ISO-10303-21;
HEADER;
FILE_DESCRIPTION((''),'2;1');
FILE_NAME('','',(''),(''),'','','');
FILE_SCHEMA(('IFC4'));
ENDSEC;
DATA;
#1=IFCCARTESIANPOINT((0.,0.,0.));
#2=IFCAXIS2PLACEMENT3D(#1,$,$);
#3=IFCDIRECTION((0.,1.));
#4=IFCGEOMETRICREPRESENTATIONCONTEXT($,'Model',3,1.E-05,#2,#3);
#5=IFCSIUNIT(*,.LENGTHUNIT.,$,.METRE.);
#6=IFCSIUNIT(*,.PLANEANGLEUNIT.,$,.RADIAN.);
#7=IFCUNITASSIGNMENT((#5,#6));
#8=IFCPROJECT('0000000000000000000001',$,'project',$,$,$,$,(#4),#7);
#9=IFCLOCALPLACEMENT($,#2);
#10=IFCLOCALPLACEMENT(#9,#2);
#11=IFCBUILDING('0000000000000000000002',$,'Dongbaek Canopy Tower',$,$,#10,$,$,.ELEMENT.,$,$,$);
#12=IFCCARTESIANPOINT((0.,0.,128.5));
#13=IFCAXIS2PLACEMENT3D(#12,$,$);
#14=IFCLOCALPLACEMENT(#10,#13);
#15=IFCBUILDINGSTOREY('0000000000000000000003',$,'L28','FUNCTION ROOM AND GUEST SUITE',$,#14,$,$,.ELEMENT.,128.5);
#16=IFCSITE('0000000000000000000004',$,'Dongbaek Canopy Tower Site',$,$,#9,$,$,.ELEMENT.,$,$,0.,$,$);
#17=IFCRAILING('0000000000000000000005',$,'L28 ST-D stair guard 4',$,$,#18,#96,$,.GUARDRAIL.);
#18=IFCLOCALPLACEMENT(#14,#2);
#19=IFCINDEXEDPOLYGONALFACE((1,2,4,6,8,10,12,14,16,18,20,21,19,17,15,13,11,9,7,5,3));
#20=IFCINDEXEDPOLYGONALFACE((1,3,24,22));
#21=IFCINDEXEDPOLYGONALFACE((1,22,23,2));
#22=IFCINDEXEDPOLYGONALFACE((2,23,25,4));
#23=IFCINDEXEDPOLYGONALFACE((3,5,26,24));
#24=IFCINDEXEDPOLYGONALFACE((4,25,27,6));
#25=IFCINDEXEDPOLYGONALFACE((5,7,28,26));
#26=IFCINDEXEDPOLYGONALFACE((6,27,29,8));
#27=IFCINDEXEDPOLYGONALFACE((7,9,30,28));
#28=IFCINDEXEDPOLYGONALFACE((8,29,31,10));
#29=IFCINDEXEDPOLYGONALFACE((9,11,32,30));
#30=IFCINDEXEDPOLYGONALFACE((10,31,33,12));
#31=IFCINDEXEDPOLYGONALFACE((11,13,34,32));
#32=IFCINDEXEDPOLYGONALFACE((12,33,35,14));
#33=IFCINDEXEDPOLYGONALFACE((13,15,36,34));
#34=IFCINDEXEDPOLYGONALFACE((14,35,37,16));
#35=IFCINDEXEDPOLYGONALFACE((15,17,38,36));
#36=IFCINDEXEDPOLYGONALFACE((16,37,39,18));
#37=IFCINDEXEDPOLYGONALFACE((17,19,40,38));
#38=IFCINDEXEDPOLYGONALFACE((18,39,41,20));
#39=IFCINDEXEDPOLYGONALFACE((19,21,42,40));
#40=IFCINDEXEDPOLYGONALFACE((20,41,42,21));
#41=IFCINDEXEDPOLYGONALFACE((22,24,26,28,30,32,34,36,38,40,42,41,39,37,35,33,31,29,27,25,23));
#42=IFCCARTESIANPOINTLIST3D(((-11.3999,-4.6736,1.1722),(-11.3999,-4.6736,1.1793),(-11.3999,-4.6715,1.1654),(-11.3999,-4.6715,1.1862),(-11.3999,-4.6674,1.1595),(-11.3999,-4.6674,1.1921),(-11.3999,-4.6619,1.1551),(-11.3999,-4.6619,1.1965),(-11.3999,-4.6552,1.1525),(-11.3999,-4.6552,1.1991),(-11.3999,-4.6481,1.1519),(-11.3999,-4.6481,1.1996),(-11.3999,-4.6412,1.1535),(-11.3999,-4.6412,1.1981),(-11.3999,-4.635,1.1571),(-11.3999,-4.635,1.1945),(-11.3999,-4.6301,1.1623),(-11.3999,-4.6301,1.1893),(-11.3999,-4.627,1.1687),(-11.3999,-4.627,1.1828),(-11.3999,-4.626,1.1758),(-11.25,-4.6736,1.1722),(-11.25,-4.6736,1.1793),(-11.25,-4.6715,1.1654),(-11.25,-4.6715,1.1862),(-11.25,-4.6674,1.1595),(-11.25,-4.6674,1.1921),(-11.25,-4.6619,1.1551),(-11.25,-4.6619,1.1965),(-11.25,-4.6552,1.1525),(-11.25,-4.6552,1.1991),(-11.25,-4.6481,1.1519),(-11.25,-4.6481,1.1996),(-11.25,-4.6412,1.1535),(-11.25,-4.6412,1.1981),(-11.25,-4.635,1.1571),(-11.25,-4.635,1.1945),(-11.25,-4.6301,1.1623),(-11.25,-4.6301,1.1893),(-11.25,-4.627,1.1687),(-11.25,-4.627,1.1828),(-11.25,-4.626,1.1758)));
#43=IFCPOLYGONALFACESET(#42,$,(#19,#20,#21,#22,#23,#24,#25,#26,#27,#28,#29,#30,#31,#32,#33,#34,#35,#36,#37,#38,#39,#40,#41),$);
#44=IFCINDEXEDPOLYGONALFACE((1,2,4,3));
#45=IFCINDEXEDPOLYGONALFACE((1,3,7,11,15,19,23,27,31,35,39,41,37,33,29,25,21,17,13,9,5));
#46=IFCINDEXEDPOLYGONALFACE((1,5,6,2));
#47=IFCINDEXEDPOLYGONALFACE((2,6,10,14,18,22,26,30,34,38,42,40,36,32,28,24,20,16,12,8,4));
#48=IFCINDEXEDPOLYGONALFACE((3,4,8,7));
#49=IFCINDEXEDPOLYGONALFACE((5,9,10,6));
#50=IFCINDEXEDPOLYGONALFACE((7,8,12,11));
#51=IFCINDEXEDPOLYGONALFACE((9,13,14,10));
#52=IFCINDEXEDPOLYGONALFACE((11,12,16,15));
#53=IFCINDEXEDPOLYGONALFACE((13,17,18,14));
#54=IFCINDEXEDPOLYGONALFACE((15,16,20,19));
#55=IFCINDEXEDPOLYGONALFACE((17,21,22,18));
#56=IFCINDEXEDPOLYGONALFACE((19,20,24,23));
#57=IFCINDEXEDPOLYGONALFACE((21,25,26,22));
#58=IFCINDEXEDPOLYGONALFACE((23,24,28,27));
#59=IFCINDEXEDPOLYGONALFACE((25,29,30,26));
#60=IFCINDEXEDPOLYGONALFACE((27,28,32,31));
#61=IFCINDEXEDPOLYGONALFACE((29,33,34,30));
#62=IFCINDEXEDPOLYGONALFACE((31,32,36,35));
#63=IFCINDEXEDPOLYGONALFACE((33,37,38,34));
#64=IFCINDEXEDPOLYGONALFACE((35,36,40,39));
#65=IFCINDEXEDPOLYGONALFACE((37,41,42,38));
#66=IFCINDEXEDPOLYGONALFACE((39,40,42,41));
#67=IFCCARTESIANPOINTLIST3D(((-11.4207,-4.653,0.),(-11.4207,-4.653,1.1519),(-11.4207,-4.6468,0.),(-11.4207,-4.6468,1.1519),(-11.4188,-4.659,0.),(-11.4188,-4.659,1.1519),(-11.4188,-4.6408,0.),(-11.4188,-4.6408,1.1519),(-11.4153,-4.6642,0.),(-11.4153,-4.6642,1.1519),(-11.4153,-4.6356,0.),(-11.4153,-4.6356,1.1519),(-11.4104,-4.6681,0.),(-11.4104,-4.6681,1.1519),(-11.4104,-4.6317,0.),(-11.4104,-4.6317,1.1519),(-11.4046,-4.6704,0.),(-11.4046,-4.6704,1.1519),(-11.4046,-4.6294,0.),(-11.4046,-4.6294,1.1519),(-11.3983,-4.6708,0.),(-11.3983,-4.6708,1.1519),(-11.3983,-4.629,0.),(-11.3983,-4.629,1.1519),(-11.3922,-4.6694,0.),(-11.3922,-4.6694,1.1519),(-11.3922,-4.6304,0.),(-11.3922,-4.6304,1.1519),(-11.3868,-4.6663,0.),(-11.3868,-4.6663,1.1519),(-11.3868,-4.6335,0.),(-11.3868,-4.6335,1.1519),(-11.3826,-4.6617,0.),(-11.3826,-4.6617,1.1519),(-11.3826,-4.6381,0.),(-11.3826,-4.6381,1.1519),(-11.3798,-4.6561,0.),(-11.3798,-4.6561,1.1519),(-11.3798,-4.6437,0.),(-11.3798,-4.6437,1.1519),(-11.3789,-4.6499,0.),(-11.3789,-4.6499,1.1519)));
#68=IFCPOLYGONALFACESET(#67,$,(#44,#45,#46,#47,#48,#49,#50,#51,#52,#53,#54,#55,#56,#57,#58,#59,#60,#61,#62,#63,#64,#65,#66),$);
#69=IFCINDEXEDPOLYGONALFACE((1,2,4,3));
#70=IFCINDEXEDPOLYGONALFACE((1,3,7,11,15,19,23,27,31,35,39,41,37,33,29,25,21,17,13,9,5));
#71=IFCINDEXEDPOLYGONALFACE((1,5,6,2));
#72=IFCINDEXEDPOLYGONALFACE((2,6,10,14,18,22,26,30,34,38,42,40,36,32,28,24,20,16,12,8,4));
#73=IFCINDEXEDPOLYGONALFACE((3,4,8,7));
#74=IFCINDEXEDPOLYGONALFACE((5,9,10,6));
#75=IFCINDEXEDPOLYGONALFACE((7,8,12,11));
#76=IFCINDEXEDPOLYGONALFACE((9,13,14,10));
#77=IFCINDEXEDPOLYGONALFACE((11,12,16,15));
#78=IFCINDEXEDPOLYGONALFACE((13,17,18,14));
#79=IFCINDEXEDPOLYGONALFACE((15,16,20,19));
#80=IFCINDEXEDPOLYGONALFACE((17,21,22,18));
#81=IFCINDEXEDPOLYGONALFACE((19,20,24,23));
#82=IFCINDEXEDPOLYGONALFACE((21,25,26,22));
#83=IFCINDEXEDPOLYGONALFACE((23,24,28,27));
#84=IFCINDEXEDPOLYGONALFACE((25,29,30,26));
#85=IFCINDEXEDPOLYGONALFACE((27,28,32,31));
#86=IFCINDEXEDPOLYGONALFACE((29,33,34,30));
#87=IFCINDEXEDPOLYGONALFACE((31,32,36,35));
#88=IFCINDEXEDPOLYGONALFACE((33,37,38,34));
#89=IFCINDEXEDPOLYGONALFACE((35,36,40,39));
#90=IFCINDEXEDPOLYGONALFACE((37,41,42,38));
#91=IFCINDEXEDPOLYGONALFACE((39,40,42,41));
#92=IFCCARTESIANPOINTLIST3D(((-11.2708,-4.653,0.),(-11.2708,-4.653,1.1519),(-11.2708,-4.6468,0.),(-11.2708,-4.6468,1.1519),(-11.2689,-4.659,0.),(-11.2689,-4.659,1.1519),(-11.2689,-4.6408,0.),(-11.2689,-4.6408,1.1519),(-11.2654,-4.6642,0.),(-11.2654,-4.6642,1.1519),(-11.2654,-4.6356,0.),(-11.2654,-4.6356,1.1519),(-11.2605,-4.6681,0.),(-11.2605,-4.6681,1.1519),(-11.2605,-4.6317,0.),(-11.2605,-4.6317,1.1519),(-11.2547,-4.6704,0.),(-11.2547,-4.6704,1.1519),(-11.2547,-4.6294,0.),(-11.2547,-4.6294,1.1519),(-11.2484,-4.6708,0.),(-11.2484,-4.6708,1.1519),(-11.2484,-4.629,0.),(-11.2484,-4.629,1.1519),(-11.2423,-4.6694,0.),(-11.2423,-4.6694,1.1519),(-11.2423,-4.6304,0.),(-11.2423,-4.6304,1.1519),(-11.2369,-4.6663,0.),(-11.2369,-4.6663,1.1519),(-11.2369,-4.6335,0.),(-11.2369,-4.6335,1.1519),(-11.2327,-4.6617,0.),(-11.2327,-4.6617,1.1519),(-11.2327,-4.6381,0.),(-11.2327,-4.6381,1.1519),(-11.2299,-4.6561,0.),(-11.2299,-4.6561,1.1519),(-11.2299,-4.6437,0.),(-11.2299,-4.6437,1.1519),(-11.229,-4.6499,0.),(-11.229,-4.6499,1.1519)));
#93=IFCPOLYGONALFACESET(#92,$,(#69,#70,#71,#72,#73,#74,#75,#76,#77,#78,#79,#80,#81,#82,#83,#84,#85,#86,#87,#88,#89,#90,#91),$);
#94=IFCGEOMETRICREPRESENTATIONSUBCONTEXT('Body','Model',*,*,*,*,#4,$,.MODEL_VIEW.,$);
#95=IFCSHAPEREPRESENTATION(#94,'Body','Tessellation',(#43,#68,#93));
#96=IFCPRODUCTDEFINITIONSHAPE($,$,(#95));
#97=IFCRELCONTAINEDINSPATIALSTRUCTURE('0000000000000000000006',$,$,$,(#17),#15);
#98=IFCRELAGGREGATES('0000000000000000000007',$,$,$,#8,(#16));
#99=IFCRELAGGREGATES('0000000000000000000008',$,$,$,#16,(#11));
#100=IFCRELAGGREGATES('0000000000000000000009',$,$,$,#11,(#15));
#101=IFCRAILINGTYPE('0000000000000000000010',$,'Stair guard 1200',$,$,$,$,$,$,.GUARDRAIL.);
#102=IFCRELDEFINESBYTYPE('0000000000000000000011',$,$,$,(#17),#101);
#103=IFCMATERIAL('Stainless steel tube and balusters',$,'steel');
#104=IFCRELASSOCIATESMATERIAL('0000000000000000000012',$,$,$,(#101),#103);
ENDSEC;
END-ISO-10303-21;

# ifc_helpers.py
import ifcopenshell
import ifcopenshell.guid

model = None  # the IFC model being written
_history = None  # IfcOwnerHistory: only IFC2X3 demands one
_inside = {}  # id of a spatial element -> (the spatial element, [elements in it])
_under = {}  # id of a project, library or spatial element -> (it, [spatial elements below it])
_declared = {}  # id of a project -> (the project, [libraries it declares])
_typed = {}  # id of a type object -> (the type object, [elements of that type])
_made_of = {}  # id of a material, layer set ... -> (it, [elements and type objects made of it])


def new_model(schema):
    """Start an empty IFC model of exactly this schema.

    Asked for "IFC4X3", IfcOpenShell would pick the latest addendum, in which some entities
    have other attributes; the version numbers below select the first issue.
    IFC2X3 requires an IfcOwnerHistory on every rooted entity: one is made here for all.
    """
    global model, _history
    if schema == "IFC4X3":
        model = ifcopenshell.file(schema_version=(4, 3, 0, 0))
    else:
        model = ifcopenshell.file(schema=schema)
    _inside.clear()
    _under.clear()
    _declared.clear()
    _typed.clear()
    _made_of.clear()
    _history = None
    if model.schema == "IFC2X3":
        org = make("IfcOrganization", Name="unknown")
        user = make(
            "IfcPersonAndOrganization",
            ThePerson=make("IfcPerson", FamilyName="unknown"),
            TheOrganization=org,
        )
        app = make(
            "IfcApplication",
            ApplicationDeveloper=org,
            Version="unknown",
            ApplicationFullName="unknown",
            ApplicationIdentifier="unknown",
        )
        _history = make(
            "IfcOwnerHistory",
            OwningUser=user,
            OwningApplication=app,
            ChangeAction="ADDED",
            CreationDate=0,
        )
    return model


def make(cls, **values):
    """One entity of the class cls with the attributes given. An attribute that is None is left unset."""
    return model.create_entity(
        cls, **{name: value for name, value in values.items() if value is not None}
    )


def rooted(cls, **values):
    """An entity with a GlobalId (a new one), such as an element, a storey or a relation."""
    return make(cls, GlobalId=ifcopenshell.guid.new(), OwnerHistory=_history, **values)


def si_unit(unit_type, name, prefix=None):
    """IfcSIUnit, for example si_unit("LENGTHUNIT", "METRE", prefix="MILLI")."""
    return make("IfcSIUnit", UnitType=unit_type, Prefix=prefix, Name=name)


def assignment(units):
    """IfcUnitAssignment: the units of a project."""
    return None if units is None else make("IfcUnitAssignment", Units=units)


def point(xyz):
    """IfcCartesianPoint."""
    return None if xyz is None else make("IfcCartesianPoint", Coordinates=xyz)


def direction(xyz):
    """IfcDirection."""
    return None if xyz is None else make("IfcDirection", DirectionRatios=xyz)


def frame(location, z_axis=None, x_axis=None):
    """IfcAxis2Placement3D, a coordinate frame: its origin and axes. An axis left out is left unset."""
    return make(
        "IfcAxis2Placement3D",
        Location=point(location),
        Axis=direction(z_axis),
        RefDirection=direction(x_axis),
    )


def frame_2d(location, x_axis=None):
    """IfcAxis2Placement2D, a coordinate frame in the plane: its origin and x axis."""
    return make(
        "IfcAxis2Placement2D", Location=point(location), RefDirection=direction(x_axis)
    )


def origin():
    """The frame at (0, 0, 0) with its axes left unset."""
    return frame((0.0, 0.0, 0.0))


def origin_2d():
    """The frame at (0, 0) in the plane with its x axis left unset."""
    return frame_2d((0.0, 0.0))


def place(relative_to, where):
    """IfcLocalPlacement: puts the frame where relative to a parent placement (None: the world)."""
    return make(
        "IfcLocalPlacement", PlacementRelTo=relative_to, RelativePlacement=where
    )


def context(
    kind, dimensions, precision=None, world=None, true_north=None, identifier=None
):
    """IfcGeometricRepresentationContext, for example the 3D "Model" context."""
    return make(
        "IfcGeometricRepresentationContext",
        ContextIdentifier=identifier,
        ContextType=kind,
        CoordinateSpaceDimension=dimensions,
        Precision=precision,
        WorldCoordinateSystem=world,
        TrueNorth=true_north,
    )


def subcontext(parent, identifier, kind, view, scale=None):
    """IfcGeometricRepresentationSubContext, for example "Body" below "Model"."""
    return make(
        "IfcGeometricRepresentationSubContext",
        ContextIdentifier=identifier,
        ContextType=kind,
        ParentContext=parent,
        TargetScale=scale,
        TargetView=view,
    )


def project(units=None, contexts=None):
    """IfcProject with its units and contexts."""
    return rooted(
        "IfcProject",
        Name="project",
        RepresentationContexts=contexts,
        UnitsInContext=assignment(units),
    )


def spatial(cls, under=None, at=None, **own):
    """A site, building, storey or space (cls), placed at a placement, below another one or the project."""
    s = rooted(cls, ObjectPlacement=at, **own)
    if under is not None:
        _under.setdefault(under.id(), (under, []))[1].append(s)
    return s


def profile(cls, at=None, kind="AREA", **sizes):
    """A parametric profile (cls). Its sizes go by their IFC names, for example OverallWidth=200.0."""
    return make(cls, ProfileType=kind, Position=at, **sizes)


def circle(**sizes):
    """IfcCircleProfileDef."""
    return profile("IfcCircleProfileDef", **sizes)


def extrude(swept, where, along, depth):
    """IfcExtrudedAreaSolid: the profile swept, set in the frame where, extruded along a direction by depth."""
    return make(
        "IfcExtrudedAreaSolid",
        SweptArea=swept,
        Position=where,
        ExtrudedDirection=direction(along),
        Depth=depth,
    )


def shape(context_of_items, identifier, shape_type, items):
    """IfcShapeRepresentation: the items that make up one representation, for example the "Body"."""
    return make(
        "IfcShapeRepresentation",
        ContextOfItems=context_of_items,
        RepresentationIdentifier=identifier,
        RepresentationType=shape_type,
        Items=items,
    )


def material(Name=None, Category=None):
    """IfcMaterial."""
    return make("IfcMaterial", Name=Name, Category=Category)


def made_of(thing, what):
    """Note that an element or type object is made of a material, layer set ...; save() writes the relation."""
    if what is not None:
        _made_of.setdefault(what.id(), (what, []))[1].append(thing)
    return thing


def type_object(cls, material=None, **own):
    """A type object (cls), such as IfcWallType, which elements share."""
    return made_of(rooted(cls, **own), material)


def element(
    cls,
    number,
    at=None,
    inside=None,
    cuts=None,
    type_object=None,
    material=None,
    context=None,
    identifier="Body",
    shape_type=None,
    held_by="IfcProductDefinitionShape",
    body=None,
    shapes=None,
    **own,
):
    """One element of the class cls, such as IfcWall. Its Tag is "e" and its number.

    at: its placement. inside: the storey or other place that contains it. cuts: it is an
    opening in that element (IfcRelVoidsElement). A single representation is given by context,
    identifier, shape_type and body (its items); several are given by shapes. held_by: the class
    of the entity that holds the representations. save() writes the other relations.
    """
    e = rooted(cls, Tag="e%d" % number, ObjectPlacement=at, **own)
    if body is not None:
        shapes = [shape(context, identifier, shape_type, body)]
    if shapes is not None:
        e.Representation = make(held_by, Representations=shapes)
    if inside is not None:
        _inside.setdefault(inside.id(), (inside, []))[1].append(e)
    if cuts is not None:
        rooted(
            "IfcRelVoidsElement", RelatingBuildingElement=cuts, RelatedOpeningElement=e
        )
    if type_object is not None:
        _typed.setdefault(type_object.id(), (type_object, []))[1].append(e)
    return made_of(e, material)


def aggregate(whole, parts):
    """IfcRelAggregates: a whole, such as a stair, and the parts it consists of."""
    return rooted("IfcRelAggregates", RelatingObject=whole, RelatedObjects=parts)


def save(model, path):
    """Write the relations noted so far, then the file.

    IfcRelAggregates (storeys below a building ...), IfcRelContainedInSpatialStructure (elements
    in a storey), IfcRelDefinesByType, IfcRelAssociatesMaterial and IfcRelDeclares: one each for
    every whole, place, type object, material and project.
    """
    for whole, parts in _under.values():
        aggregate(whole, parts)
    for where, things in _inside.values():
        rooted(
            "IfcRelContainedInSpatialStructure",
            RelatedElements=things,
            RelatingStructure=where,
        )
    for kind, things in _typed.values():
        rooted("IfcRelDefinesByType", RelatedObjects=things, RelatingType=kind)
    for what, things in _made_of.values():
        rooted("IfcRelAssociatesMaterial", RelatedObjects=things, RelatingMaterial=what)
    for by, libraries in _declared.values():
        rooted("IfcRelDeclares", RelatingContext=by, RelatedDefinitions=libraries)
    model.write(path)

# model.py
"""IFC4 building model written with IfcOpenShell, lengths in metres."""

from ifc_helpers import new_model, si_unit, direction, frame, origin, origin_2d, place, context, subcontext, project, spatial, circle, extrude, material, type_object, element, save


model = new_model("IFC4")

# Units and contexts
model_context = context("Model", 3, precision=1e-05, world=origin(), true_north=direction((0.0, 1.0)))
body_context = subcontext(model_context, "Body", "Model", "MODEL_VIEW")
ifc_project = project(units=[si_unit("LENGTHUNIT", "METRE"), si_unit("PLANEANGLEUNIT", "RADIAN")], contexts=[model_context])

# Site, building, storey
site_placement = place(None, origin())
site = spatial("IfcSite", under=ifc_project, at=site_placement, Name="Dongbaek Canopy Tower Site", CompositionType="ELEMENT", RefElevation=0.0)
building_placement = place(site_placement, origin())
building = spatial("IfcBuilding", under=site, at=building_placement, Name="Dongbaek Canopy Tower", CompositionType="ELEMENT")
storey_placement = place(building_placement, frame((0.0, 0.0, 128.5)))
storey = spatial("IfcBuildingStorey", under=building, at=storey_placement, Name="L28", Description="FUNCTION ROOM AND GUEST SUITE", CompositionType="ELEMENT", Elevation=128.5)

# Railing
ifc_material_1 = material(Name="Stainless steel tube and balusters", Category="steel")
railing_type_1 = type_object("IfcRailingType", Name="Stair guard 1200", PredefinedType="GUARDRAIL", material=ifc_material_1)
railing_1_placement = place(storey_placement, frame((-11.3999, -4.6499, 0.0)))
element("IfcRailing", 1, at=railing_1_placement, inside=storey, type_object=railing_type_1, Name="L28 ST-D stair guard 4", PredefinedType="GUARDRAIL", context=body_context, shape_type="SweptSolid", body=[
    extrude(circle(Radius=0.0239, at=origin_2d()), frame((0.0, 0.0, 1.1758), z_axis=(1.0, 0.0, 0.0), x_axis=(0.0, 1.0, 0.0)), (0.0, 0.0, 1.0), 0.1499),
    extrude(circle(Radius=0.021, at=origin_2d()), origin(), (0.0, 0.0, 1.0), 1.1519),
    extrude(circle(Radius=0.021, at=origin_2d()), frame((0.1499, 0.0, 0.0)), (0.0, 0.0, 1.0), 1.1519),
])

save(model, "model.ifc")
